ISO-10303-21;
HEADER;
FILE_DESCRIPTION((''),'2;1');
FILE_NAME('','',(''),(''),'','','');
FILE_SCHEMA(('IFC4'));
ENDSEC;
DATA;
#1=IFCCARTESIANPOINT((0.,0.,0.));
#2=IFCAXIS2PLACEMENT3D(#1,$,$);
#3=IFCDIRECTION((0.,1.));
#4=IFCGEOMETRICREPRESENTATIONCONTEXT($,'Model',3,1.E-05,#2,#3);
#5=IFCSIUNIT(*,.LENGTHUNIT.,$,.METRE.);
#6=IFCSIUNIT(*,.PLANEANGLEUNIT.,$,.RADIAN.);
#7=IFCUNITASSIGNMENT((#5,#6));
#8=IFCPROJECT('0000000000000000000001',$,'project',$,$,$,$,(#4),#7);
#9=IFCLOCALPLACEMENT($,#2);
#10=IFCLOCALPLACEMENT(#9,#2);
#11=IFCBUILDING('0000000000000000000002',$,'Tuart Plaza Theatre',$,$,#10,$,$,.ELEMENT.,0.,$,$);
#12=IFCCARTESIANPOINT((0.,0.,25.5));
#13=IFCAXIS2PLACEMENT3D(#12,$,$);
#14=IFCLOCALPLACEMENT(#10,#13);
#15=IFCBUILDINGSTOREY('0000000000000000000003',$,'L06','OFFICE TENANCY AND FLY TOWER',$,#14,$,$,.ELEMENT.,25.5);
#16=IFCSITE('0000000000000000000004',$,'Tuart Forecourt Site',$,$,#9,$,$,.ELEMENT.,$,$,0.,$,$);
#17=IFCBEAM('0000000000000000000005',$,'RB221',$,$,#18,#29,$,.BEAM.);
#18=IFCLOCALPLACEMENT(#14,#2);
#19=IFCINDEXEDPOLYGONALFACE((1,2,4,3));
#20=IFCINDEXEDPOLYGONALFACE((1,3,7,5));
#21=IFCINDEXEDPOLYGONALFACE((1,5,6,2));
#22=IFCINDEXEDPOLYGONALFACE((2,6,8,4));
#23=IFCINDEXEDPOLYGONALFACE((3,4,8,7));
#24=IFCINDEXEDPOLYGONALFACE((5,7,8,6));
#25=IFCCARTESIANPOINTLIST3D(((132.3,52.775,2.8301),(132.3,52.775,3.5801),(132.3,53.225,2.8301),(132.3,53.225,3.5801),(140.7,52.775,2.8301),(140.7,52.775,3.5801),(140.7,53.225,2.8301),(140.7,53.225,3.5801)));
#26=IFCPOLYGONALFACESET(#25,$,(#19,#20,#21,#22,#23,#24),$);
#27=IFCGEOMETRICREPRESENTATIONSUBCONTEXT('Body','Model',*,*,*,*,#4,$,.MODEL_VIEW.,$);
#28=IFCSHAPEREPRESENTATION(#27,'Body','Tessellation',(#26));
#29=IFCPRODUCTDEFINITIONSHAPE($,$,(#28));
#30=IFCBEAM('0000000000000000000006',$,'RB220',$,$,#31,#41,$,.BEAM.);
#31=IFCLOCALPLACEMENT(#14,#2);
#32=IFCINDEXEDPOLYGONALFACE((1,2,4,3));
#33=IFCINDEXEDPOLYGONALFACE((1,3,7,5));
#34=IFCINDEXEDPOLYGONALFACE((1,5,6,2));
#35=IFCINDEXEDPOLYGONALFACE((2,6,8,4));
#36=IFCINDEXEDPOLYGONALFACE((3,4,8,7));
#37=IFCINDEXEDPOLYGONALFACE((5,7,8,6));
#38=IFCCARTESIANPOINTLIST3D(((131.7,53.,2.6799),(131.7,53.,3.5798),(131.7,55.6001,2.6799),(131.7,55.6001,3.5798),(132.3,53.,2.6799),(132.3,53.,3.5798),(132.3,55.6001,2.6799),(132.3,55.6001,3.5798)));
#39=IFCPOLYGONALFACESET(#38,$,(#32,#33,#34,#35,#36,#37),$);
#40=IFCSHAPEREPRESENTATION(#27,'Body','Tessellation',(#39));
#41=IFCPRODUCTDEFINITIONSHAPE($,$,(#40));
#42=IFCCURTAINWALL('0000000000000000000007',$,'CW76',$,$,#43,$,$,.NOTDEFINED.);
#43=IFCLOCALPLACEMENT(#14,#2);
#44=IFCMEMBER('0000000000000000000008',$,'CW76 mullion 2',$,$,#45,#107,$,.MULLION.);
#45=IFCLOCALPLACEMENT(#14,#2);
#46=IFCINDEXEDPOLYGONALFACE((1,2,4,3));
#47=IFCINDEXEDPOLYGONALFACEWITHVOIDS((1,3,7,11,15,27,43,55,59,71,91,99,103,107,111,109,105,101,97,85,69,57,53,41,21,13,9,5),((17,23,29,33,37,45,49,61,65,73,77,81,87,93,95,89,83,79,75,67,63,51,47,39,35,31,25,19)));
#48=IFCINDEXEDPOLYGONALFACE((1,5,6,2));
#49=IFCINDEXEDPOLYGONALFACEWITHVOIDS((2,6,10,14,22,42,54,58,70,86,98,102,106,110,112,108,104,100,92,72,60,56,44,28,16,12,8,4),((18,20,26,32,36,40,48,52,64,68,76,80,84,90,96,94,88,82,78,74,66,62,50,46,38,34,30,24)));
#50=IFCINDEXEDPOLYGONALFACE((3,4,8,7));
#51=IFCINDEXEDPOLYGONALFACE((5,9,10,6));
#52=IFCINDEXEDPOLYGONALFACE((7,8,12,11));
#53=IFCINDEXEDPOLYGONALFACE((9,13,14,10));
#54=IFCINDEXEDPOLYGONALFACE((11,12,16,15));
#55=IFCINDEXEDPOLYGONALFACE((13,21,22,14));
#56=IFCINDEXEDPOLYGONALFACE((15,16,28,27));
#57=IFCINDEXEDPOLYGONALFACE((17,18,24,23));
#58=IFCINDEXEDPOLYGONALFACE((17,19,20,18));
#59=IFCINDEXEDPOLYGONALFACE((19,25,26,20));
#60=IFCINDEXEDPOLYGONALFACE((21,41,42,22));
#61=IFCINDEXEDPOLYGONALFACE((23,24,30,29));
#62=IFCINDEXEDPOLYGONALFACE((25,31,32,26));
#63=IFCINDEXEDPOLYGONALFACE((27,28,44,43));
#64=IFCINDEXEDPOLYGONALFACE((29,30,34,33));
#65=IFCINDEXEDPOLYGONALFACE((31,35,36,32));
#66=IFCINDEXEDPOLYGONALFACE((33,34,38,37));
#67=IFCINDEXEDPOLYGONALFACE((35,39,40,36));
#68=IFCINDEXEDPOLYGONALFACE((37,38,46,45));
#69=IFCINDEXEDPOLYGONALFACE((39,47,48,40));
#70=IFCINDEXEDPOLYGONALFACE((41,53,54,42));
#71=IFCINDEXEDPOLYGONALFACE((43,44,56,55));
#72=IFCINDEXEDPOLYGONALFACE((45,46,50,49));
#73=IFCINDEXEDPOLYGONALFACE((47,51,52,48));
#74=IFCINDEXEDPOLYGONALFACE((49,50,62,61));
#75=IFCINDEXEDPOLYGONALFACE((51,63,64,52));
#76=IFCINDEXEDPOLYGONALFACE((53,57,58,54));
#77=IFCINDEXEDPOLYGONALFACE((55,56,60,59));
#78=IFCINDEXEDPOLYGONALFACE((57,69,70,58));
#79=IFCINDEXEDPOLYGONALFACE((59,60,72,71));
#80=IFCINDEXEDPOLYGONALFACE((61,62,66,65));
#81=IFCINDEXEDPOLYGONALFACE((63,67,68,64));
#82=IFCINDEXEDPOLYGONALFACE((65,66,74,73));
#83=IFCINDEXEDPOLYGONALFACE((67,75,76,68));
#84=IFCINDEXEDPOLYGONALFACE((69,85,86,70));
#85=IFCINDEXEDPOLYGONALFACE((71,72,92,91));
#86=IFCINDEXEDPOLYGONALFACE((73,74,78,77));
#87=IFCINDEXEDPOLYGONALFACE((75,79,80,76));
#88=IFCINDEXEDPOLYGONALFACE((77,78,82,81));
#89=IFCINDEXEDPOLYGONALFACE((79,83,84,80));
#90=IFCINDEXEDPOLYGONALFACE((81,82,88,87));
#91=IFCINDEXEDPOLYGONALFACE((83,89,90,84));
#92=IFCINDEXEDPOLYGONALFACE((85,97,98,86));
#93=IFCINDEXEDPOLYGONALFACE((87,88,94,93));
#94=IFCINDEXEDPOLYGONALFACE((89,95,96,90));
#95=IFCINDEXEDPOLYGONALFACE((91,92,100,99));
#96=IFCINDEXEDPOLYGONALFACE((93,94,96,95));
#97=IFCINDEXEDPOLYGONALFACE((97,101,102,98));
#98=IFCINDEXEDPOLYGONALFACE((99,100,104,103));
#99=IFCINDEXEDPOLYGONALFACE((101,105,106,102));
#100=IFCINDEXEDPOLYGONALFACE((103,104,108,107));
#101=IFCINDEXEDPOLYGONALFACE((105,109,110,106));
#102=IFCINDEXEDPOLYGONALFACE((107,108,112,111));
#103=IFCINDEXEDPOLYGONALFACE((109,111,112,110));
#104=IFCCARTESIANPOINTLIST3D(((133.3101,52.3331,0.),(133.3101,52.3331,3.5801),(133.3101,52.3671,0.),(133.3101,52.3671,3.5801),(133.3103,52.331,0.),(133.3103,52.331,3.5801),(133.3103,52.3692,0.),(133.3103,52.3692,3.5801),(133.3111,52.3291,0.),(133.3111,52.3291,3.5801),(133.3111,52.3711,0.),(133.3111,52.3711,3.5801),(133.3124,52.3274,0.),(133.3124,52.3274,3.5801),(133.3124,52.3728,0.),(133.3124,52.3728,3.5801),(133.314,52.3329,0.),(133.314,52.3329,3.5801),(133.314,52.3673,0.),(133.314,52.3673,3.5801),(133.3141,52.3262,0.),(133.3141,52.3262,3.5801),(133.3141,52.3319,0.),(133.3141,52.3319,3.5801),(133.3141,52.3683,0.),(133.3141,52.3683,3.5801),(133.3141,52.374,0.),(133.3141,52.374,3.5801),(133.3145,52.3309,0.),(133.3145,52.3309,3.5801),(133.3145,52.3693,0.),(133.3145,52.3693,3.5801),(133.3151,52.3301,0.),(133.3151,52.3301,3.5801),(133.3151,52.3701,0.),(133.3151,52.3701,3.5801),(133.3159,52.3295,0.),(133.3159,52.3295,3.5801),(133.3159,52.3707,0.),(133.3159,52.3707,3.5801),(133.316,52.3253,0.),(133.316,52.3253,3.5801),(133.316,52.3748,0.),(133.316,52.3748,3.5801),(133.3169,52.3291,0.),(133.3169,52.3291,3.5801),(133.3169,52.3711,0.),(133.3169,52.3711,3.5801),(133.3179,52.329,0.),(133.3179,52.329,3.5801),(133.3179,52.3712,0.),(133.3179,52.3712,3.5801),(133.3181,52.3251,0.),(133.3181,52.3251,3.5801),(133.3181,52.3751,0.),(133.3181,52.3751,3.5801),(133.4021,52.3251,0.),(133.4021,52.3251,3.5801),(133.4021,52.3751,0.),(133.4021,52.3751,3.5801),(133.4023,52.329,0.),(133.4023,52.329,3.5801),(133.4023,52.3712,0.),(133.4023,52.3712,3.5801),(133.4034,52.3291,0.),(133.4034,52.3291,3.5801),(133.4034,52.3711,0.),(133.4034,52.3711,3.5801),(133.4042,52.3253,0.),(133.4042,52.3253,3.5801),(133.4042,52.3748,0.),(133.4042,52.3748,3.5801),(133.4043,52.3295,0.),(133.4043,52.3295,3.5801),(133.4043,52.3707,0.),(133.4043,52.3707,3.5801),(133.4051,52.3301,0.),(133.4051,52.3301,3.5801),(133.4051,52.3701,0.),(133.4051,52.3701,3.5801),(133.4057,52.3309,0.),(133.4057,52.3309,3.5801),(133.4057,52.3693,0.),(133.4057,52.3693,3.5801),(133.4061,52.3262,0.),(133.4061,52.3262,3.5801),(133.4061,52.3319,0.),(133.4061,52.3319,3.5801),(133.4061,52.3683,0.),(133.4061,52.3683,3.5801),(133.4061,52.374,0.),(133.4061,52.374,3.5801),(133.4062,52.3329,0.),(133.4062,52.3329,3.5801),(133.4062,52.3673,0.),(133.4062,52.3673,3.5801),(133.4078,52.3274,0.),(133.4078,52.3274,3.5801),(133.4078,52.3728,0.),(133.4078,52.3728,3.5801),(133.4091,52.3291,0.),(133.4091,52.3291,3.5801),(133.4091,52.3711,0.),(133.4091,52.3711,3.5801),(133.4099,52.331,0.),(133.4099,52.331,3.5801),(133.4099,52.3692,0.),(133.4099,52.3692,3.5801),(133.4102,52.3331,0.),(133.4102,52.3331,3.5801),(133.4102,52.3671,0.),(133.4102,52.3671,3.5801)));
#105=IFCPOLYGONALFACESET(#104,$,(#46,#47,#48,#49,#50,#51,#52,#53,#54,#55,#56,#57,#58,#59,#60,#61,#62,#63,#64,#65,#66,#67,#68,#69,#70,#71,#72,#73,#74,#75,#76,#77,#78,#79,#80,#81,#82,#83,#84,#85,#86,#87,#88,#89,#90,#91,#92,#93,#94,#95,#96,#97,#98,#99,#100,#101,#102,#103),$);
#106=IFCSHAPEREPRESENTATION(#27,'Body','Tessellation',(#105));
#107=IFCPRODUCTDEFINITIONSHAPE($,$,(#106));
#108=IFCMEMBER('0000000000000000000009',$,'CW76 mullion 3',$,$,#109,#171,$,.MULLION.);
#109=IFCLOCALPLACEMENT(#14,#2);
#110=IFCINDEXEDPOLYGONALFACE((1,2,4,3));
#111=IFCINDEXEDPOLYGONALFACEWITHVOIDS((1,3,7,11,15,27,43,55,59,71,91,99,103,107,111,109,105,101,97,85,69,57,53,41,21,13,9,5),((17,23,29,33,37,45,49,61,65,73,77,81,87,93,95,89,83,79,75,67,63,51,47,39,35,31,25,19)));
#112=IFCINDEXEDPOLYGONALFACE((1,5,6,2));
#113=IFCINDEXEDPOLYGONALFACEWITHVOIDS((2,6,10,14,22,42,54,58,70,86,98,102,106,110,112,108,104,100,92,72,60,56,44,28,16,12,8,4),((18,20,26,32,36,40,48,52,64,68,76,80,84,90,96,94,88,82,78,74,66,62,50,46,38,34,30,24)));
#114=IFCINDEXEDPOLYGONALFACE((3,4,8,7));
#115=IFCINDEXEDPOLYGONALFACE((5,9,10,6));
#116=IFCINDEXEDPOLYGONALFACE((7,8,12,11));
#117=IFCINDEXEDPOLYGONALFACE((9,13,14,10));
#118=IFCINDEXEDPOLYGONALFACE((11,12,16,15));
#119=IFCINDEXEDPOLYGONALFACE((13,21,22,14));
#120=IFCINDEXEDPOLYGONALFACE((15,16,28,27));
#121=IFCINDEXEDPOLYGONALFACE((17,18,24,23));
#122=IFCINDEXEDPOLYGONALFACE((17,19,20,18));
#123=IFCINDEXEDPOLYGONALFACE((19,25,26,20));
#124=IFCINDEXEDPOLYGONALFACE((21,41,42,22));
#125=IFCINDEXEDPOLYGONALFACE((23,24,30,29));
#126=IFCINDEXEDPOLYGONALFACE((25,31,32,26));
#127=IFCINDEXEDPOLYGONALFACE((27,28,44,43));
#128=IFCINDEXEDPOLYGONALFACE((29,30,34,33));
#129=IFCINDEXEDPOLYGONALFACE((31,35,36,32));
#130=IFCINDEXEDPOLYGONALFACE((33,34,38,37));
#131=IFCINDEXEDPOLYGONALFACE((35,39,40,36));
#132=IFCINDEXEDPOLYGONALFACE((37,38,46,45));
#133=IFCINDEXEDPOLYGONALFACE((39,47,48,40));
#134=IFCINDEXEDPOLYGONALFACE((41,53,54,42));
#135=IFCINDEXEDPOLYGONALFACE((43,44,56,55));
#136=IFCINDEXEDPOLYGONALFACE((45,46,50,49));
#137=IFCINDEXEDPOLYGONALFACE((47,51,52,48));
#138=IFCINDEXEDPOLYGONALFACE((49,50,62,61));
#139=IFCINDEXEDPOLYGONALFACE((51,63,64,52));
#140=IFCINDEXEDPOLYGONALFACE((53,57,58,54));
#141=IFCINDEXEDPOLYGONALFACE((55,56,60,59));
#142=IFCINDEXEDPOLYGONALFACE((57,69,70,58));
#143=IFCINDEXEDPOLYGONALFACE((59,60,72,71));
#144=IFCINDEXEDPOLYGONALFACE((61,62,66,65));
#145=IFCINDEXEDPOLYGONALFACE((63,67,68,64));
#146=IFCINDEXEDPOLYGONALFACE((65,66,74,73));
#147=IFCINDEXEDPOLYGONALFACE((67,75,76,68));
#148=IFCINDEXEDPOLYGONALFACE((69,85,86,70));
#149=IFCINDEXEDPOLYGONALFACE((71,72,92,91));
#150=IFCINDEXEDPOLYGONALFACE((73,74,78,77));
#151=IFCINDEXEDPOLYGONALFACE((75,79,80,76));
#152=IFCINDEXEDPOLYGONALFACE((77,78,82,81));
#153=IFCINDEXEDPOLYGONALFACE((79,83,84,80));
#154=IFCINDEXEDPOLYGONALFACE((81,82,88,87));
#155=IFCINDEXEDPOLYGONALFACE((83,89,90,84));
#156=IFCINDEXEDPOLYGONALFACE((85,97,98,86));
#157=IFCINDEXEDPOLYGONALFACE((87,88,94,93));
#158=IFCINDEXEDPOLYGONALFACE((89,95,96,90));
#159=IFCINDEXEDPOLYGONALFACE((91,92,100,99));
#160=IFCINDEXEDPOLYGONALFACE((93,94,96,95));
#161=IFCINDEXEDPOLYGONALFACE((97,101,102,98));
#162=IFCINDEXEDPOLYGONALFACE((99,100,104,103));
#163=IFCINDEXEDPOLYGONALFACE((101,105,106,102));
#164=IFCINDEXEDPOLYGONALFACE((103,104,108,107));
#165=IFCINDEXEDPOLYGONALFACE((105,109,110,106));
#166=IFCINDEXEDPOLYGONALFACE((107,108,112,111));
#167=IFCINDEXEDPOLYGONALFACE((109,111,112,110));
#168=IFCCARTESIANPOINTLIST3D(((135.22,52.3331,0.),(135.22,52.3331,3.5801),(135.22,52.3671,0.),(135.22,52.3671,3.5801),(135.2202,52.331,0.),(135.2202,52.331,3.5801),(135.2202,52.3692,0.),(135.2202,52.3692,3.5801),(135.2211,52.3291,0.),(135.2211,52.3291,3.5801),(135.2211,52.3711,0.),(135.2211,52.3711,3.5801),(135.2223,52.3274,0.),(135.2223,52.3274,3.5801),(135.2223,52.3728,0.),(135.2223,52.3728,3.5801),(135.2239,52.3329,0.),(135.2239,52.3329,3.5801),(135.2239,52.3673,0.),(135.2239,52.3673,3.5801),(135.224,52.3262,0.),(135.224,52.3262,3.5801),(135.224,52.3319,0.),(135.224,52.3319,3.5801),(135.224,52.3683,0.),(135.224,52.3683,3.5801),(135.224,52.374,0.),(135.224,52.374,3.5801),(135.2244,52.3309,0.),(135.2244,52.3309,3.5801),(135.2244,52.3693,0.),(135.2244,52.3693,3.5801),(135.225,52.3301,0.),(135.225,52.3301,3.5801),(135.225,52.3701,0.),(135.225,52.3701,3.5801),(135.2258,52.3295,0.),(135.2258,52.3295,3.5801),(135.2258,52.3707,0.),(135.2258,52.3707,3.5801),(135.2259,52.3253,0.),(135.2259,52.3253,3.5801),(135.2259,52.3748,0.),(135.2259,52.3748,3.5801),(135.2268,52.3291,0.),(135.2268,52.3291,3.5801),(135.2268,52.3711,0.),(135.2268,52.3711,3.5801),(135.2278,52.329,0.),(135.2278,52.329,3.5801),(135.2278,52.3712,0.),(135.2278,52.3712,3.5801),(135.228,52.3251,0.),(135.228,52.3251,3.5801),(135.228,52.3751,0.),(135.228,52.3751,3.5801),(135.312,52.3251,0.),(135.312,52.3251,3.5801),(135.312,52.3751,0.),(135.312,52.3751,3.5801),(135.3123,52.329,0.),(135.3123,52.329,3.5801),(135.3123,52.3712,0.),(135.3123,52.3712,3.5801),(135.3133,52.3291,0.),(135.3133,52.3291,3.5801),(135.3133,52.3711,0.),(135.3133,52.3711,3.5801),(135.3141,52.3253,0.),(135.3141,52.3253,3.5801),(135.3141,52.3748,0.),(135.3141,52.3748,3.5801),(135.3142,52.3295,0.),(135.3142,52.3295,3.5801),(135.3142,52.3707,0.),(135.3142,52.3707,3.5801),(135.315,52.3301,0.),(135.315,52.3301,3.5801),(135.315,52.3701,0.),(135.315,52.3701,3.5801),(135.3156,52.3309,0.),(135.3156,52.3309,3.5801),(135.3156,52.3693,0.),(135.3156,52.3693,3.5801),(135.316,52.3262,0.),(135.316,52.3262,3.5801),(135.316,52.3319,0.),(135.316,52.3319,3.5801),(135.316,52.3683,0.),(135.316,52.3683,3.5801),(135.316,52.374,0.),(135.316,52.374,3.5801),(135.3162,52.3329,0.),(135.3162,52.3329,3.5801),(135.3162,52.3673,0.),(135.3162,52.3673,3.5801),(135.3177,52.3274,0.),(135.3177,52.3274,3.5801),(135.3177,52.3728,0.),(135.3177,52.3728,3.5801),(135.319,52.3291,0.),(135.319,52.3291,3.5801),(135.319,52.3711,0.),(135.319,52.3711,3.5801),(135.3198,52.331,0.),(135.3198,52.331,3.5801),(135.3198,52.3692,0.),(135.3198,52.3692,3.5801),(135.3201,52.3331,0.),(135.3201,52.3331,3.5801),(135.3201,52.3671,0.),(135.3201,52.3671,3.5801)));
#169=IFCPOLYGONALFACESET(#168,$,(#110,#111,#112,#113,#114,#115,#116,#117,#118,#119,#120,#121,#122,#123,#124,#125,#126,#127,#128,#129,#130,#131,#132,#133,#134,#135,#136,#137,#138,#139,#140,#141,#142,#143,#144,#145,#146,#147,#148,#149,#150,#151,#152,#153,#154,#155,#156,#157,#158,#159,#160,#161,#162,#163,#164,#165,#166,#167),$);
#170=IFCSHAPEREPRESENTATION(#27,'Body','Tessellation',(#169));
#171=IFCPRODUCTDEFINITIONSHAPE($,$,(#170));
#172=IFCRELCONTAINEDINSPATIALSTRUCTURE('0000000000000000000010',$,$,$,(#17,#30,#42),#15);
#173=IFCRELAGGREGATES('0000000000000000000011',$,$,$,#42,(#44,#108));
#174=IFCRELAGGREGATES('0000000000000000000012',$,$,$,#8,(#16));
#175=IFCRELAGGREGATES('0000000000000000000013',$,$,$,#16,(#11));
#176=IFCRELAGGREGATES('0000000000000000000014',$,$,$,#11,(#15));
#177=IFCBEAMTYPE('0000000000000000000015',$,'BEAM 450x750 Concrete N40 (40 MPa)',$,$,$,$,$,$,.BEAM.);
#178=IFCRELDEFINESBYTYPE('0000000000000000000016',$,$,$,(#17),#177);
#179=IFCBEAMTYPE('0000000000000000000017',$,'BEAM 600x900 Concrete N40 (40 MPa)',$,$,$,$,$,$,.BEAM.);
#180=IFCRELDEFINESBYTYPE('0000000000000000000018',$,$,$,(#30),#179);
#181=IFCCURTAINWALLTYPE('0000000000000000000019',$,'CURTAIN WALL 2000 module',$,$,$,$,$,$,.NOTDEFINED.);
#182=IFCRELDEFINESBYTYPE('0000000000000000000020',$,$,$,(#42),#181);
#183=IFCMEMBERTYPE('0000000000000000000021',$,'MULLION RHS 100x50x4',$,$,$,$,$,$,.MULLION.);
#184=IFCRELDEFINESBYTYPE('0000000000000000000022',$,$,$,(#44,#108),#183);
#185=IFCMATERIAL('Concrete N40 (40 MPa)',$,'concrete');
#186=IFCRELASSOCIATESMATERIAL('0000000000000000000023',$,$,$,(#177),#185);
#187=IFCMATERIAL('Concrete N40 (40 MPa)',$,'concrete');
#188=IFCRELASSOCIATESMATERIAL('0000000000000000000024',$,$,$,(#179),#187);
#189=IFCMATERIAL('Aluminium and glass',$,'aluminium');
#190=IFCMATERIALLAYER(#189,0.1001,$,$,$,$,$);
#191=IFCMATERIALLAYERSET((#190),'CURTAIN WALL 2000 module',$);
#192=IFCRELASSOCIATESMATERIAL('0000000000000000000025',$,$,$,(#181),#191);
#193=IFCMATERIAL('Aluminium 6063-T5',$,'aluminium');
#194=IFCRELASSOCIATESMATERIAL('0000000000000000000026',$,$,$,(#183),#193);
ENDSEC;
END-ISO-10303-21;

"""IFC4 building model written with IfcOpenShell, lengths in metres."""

from ifc_helpers import new_model, si_unit, direction, frame, origin, origin_2d, place, context, subcontext, project, spatial, rectangle, hollow_rectangle, extrude, material, layer, layer_set, material_profile, profile_set, type_object, element, aggregate, save


model = new_model("IFC4")

# Units and contexts
model_context = context("Model", 3, precision=1e-05, world=origin(), true_north=direction((0.0, 1.0)))
body_context = subcontext(model_context, "Body", "Model", "MODEL_VIEW")
ifc_project = project(units=[si_unit("LENGTHUNIT", "METRE"), si_unit("PLANEANGLEUNIT", "RADIAN")], contexts=[model_context])

# Site, building, storey
site_placement = place(None, origin())
site = spatial("IfcSite", under=ifc_project, at=site_placement, Name="Tuart Forecourt Site", CompositionType="ELEMENT", RefElevation=0.0)
building_placement = place(site_placement, origin())
building = spatial("IfcBuilding", under=site, at=building_placement, Name="Tuart Plaza Theatre", CompositionType="ELEMENT", ElevationOfRefHeight=0.0)
storey_placement = place(building_placement, frame((0.0, 0.0, 25.5)))
storey = spatial("IfcBuildingStorey", under=building, at=storey_placement, Name="L06", Description="OFFICE TENANCY AND FLY TOWER", CompositionType="ELEMENT", Elevation=25.5)

# Beams
ifc_material_1 = material(Name="Concrete N40 (40 MPa)", Category="concrete")
ifc_material_profile_1 = material_profile(ifc_material_1, rectangle(XDim=0.45, YDim=0.75, at=origin_2d()), Name="BEAM 450x750 Concrete N40 (40 MPa)")
ifc_profile_set_1 = profile_set([ifc_material_profile_1], Name="Concrete N40 (40 MPa)")
beam_type_1 = type_object("IfcBeamType", Name="BEAM 450x750 Concrete N40 (40 MPa)", PredefinedType="BEAM", material=ifc_profile_set_1)
beam_1_placement = place(storey_placement, frame((132.3, 53.0, 3.2051), z_axis=(1.0, 0.0, 0.0), x_axis=(0.0, 1.0, 0.0)))
element("IfcBeam", 1, at=beam_1_placement, inside=storey, type_object=beam_type_1, Name="RB221", PredefinedType="BEAM", context=body_context, shape_type="SweptSolid", body=[
    extrude(rectangle(XDim=0.45, YDim=0.75, at=origin_2d()), origin(), (0.0, 0.0, 1.0), 8.3999),
])
ifc_material_2 = material(Name="Concrete N40 (40 MPa)", Category="concrete")
ifc_material_profile_2 = material_profile(ifc_material_2, rectangle(XDim=0.6001, YDim=0.8999, at=origin_2d()), Name="BEAM 600x900 Concrete N40 (40 MPa)")
ifc_profile_set_2 = profile_set([ifc_material_profile_2], Name="Concrete N40 (40 MPa)")
beam_type_2 = type_object("IfcBeamType", Name="BEAM 600x900 Concrete N40 (40 MPa)", PredefinedType="BEAM", material=ifc_profile_set_2)
beam_2_placement = place(storey_placement, frame((132.0, 53.0, 3.1299), z_axis=(0.0, 1.0, 0.0), x_axis=(-1.0, 0.0, 0.0)))
element("IfcBeam", 2, at=beam_2_placement, inside=storey, type_object=beam_type_2, Name="RB220", PredefinedType="BEAM", context=body_context, shape_type="SweptSolid", body=[
    extrude(rectangle(XDim=0.6001, YDim=0.8999, at=origin_2d()), origin(), (0.0, 0.0, 1.0), 2.6001),
])

# Curtain wall, members
ifc_material_3 = material(Name="Aluminium and glass", Category="aluminium")
ifc_layer_1 = layer(ifc_material_3, 0.1001)
ifc_layer_set_1 = layer_set([ifc_layer_1], Name="CURTAIN WALL 2000 module")
curtain_wall_type = type_object("IfcCurtainWallType", Name="CURTAIN WALL 2000 module", PredefinedType="NOTDEFINED", material=ifc_layer_set_1)
curtain_wall_placement = place(storey_placement, origin())
curtain_wall = element("IfcCurtainWall", 3, at=curtain_wall_placement, inside=storey, type_object=curtain_wall_type, Name="CW76", PredefinedType="NOTDEFINED")
ifc_material_4 = material(Name="Aluminium 6063-T5", Category="aluminium")
ifc_material_profile_3 = material_profile(ifc_material_4, hollow_rectangle(XDim=0.05, YDim=0.1001, WallThickness=0.0039, InnerFilletRadius=0.0039, OuterFilletRadius=0.0081, at=origin_2d()), Name="RHS 100x50x4")
ifc_profile_set_3 = profile_set([ifc_material_profile_3], Name="Aluminium 6063-T5")
member_type_1 = type_object("IfcMemberType", Name="MULLION RHS 100x50x4", PredefinedType="MULLION", material=ifc_profile_set_3)
member_1_placement = place(storey_placement, frame((133.3601, 52.3501, 0.0), z_axis=(0.0, 0.0, 1.0), x_axis=(0.0, 1.0, 0.0)))
member_1 = element("IfcMember", 4, at=member_1_placement, type_object=member_type_1, Name="CW76 mullion 2", PredefinedType="MULLION", context=body_context, shape_type="SweptSolid", body=[
    extrude(hollow_rectangle(XDim=0.05, YDim=0.1001, WallThickness=0.0039, InnerFilletRadius=0.0039, OuterFilletRadius=0.0081, at=origin_2d()), origin(), (0.0, 0.0, 1.0), 3.5801),
])
member_2_placement = place(storey_placement, frame((135.27, 52.3501, 0.0), z_axis=(0.0, 0.0, 1.0), x_axis=(0.0, 1.0, 0.0)))
member_2 = element("IfcMember", 5, at=member_2_placement, type_object=member_type_1, Name="CW76 mullion 3", PredefinedType="MULLION", context=body_context, shape_type="SweptSolid", body=[
    extrude(hollow_rectangle(XDim=0.05, YDim=0.1001, WallThickness=0.0039, InnerFilletRadius=0.0039, OuterFilletRadius=0.0081, at=origin_2d()), origin(), (0.0, 0.0, 1.0), 3.5801),
])
aggregate(curtain_wall, [member_1, member_2])

save(model, "model.ifc")
